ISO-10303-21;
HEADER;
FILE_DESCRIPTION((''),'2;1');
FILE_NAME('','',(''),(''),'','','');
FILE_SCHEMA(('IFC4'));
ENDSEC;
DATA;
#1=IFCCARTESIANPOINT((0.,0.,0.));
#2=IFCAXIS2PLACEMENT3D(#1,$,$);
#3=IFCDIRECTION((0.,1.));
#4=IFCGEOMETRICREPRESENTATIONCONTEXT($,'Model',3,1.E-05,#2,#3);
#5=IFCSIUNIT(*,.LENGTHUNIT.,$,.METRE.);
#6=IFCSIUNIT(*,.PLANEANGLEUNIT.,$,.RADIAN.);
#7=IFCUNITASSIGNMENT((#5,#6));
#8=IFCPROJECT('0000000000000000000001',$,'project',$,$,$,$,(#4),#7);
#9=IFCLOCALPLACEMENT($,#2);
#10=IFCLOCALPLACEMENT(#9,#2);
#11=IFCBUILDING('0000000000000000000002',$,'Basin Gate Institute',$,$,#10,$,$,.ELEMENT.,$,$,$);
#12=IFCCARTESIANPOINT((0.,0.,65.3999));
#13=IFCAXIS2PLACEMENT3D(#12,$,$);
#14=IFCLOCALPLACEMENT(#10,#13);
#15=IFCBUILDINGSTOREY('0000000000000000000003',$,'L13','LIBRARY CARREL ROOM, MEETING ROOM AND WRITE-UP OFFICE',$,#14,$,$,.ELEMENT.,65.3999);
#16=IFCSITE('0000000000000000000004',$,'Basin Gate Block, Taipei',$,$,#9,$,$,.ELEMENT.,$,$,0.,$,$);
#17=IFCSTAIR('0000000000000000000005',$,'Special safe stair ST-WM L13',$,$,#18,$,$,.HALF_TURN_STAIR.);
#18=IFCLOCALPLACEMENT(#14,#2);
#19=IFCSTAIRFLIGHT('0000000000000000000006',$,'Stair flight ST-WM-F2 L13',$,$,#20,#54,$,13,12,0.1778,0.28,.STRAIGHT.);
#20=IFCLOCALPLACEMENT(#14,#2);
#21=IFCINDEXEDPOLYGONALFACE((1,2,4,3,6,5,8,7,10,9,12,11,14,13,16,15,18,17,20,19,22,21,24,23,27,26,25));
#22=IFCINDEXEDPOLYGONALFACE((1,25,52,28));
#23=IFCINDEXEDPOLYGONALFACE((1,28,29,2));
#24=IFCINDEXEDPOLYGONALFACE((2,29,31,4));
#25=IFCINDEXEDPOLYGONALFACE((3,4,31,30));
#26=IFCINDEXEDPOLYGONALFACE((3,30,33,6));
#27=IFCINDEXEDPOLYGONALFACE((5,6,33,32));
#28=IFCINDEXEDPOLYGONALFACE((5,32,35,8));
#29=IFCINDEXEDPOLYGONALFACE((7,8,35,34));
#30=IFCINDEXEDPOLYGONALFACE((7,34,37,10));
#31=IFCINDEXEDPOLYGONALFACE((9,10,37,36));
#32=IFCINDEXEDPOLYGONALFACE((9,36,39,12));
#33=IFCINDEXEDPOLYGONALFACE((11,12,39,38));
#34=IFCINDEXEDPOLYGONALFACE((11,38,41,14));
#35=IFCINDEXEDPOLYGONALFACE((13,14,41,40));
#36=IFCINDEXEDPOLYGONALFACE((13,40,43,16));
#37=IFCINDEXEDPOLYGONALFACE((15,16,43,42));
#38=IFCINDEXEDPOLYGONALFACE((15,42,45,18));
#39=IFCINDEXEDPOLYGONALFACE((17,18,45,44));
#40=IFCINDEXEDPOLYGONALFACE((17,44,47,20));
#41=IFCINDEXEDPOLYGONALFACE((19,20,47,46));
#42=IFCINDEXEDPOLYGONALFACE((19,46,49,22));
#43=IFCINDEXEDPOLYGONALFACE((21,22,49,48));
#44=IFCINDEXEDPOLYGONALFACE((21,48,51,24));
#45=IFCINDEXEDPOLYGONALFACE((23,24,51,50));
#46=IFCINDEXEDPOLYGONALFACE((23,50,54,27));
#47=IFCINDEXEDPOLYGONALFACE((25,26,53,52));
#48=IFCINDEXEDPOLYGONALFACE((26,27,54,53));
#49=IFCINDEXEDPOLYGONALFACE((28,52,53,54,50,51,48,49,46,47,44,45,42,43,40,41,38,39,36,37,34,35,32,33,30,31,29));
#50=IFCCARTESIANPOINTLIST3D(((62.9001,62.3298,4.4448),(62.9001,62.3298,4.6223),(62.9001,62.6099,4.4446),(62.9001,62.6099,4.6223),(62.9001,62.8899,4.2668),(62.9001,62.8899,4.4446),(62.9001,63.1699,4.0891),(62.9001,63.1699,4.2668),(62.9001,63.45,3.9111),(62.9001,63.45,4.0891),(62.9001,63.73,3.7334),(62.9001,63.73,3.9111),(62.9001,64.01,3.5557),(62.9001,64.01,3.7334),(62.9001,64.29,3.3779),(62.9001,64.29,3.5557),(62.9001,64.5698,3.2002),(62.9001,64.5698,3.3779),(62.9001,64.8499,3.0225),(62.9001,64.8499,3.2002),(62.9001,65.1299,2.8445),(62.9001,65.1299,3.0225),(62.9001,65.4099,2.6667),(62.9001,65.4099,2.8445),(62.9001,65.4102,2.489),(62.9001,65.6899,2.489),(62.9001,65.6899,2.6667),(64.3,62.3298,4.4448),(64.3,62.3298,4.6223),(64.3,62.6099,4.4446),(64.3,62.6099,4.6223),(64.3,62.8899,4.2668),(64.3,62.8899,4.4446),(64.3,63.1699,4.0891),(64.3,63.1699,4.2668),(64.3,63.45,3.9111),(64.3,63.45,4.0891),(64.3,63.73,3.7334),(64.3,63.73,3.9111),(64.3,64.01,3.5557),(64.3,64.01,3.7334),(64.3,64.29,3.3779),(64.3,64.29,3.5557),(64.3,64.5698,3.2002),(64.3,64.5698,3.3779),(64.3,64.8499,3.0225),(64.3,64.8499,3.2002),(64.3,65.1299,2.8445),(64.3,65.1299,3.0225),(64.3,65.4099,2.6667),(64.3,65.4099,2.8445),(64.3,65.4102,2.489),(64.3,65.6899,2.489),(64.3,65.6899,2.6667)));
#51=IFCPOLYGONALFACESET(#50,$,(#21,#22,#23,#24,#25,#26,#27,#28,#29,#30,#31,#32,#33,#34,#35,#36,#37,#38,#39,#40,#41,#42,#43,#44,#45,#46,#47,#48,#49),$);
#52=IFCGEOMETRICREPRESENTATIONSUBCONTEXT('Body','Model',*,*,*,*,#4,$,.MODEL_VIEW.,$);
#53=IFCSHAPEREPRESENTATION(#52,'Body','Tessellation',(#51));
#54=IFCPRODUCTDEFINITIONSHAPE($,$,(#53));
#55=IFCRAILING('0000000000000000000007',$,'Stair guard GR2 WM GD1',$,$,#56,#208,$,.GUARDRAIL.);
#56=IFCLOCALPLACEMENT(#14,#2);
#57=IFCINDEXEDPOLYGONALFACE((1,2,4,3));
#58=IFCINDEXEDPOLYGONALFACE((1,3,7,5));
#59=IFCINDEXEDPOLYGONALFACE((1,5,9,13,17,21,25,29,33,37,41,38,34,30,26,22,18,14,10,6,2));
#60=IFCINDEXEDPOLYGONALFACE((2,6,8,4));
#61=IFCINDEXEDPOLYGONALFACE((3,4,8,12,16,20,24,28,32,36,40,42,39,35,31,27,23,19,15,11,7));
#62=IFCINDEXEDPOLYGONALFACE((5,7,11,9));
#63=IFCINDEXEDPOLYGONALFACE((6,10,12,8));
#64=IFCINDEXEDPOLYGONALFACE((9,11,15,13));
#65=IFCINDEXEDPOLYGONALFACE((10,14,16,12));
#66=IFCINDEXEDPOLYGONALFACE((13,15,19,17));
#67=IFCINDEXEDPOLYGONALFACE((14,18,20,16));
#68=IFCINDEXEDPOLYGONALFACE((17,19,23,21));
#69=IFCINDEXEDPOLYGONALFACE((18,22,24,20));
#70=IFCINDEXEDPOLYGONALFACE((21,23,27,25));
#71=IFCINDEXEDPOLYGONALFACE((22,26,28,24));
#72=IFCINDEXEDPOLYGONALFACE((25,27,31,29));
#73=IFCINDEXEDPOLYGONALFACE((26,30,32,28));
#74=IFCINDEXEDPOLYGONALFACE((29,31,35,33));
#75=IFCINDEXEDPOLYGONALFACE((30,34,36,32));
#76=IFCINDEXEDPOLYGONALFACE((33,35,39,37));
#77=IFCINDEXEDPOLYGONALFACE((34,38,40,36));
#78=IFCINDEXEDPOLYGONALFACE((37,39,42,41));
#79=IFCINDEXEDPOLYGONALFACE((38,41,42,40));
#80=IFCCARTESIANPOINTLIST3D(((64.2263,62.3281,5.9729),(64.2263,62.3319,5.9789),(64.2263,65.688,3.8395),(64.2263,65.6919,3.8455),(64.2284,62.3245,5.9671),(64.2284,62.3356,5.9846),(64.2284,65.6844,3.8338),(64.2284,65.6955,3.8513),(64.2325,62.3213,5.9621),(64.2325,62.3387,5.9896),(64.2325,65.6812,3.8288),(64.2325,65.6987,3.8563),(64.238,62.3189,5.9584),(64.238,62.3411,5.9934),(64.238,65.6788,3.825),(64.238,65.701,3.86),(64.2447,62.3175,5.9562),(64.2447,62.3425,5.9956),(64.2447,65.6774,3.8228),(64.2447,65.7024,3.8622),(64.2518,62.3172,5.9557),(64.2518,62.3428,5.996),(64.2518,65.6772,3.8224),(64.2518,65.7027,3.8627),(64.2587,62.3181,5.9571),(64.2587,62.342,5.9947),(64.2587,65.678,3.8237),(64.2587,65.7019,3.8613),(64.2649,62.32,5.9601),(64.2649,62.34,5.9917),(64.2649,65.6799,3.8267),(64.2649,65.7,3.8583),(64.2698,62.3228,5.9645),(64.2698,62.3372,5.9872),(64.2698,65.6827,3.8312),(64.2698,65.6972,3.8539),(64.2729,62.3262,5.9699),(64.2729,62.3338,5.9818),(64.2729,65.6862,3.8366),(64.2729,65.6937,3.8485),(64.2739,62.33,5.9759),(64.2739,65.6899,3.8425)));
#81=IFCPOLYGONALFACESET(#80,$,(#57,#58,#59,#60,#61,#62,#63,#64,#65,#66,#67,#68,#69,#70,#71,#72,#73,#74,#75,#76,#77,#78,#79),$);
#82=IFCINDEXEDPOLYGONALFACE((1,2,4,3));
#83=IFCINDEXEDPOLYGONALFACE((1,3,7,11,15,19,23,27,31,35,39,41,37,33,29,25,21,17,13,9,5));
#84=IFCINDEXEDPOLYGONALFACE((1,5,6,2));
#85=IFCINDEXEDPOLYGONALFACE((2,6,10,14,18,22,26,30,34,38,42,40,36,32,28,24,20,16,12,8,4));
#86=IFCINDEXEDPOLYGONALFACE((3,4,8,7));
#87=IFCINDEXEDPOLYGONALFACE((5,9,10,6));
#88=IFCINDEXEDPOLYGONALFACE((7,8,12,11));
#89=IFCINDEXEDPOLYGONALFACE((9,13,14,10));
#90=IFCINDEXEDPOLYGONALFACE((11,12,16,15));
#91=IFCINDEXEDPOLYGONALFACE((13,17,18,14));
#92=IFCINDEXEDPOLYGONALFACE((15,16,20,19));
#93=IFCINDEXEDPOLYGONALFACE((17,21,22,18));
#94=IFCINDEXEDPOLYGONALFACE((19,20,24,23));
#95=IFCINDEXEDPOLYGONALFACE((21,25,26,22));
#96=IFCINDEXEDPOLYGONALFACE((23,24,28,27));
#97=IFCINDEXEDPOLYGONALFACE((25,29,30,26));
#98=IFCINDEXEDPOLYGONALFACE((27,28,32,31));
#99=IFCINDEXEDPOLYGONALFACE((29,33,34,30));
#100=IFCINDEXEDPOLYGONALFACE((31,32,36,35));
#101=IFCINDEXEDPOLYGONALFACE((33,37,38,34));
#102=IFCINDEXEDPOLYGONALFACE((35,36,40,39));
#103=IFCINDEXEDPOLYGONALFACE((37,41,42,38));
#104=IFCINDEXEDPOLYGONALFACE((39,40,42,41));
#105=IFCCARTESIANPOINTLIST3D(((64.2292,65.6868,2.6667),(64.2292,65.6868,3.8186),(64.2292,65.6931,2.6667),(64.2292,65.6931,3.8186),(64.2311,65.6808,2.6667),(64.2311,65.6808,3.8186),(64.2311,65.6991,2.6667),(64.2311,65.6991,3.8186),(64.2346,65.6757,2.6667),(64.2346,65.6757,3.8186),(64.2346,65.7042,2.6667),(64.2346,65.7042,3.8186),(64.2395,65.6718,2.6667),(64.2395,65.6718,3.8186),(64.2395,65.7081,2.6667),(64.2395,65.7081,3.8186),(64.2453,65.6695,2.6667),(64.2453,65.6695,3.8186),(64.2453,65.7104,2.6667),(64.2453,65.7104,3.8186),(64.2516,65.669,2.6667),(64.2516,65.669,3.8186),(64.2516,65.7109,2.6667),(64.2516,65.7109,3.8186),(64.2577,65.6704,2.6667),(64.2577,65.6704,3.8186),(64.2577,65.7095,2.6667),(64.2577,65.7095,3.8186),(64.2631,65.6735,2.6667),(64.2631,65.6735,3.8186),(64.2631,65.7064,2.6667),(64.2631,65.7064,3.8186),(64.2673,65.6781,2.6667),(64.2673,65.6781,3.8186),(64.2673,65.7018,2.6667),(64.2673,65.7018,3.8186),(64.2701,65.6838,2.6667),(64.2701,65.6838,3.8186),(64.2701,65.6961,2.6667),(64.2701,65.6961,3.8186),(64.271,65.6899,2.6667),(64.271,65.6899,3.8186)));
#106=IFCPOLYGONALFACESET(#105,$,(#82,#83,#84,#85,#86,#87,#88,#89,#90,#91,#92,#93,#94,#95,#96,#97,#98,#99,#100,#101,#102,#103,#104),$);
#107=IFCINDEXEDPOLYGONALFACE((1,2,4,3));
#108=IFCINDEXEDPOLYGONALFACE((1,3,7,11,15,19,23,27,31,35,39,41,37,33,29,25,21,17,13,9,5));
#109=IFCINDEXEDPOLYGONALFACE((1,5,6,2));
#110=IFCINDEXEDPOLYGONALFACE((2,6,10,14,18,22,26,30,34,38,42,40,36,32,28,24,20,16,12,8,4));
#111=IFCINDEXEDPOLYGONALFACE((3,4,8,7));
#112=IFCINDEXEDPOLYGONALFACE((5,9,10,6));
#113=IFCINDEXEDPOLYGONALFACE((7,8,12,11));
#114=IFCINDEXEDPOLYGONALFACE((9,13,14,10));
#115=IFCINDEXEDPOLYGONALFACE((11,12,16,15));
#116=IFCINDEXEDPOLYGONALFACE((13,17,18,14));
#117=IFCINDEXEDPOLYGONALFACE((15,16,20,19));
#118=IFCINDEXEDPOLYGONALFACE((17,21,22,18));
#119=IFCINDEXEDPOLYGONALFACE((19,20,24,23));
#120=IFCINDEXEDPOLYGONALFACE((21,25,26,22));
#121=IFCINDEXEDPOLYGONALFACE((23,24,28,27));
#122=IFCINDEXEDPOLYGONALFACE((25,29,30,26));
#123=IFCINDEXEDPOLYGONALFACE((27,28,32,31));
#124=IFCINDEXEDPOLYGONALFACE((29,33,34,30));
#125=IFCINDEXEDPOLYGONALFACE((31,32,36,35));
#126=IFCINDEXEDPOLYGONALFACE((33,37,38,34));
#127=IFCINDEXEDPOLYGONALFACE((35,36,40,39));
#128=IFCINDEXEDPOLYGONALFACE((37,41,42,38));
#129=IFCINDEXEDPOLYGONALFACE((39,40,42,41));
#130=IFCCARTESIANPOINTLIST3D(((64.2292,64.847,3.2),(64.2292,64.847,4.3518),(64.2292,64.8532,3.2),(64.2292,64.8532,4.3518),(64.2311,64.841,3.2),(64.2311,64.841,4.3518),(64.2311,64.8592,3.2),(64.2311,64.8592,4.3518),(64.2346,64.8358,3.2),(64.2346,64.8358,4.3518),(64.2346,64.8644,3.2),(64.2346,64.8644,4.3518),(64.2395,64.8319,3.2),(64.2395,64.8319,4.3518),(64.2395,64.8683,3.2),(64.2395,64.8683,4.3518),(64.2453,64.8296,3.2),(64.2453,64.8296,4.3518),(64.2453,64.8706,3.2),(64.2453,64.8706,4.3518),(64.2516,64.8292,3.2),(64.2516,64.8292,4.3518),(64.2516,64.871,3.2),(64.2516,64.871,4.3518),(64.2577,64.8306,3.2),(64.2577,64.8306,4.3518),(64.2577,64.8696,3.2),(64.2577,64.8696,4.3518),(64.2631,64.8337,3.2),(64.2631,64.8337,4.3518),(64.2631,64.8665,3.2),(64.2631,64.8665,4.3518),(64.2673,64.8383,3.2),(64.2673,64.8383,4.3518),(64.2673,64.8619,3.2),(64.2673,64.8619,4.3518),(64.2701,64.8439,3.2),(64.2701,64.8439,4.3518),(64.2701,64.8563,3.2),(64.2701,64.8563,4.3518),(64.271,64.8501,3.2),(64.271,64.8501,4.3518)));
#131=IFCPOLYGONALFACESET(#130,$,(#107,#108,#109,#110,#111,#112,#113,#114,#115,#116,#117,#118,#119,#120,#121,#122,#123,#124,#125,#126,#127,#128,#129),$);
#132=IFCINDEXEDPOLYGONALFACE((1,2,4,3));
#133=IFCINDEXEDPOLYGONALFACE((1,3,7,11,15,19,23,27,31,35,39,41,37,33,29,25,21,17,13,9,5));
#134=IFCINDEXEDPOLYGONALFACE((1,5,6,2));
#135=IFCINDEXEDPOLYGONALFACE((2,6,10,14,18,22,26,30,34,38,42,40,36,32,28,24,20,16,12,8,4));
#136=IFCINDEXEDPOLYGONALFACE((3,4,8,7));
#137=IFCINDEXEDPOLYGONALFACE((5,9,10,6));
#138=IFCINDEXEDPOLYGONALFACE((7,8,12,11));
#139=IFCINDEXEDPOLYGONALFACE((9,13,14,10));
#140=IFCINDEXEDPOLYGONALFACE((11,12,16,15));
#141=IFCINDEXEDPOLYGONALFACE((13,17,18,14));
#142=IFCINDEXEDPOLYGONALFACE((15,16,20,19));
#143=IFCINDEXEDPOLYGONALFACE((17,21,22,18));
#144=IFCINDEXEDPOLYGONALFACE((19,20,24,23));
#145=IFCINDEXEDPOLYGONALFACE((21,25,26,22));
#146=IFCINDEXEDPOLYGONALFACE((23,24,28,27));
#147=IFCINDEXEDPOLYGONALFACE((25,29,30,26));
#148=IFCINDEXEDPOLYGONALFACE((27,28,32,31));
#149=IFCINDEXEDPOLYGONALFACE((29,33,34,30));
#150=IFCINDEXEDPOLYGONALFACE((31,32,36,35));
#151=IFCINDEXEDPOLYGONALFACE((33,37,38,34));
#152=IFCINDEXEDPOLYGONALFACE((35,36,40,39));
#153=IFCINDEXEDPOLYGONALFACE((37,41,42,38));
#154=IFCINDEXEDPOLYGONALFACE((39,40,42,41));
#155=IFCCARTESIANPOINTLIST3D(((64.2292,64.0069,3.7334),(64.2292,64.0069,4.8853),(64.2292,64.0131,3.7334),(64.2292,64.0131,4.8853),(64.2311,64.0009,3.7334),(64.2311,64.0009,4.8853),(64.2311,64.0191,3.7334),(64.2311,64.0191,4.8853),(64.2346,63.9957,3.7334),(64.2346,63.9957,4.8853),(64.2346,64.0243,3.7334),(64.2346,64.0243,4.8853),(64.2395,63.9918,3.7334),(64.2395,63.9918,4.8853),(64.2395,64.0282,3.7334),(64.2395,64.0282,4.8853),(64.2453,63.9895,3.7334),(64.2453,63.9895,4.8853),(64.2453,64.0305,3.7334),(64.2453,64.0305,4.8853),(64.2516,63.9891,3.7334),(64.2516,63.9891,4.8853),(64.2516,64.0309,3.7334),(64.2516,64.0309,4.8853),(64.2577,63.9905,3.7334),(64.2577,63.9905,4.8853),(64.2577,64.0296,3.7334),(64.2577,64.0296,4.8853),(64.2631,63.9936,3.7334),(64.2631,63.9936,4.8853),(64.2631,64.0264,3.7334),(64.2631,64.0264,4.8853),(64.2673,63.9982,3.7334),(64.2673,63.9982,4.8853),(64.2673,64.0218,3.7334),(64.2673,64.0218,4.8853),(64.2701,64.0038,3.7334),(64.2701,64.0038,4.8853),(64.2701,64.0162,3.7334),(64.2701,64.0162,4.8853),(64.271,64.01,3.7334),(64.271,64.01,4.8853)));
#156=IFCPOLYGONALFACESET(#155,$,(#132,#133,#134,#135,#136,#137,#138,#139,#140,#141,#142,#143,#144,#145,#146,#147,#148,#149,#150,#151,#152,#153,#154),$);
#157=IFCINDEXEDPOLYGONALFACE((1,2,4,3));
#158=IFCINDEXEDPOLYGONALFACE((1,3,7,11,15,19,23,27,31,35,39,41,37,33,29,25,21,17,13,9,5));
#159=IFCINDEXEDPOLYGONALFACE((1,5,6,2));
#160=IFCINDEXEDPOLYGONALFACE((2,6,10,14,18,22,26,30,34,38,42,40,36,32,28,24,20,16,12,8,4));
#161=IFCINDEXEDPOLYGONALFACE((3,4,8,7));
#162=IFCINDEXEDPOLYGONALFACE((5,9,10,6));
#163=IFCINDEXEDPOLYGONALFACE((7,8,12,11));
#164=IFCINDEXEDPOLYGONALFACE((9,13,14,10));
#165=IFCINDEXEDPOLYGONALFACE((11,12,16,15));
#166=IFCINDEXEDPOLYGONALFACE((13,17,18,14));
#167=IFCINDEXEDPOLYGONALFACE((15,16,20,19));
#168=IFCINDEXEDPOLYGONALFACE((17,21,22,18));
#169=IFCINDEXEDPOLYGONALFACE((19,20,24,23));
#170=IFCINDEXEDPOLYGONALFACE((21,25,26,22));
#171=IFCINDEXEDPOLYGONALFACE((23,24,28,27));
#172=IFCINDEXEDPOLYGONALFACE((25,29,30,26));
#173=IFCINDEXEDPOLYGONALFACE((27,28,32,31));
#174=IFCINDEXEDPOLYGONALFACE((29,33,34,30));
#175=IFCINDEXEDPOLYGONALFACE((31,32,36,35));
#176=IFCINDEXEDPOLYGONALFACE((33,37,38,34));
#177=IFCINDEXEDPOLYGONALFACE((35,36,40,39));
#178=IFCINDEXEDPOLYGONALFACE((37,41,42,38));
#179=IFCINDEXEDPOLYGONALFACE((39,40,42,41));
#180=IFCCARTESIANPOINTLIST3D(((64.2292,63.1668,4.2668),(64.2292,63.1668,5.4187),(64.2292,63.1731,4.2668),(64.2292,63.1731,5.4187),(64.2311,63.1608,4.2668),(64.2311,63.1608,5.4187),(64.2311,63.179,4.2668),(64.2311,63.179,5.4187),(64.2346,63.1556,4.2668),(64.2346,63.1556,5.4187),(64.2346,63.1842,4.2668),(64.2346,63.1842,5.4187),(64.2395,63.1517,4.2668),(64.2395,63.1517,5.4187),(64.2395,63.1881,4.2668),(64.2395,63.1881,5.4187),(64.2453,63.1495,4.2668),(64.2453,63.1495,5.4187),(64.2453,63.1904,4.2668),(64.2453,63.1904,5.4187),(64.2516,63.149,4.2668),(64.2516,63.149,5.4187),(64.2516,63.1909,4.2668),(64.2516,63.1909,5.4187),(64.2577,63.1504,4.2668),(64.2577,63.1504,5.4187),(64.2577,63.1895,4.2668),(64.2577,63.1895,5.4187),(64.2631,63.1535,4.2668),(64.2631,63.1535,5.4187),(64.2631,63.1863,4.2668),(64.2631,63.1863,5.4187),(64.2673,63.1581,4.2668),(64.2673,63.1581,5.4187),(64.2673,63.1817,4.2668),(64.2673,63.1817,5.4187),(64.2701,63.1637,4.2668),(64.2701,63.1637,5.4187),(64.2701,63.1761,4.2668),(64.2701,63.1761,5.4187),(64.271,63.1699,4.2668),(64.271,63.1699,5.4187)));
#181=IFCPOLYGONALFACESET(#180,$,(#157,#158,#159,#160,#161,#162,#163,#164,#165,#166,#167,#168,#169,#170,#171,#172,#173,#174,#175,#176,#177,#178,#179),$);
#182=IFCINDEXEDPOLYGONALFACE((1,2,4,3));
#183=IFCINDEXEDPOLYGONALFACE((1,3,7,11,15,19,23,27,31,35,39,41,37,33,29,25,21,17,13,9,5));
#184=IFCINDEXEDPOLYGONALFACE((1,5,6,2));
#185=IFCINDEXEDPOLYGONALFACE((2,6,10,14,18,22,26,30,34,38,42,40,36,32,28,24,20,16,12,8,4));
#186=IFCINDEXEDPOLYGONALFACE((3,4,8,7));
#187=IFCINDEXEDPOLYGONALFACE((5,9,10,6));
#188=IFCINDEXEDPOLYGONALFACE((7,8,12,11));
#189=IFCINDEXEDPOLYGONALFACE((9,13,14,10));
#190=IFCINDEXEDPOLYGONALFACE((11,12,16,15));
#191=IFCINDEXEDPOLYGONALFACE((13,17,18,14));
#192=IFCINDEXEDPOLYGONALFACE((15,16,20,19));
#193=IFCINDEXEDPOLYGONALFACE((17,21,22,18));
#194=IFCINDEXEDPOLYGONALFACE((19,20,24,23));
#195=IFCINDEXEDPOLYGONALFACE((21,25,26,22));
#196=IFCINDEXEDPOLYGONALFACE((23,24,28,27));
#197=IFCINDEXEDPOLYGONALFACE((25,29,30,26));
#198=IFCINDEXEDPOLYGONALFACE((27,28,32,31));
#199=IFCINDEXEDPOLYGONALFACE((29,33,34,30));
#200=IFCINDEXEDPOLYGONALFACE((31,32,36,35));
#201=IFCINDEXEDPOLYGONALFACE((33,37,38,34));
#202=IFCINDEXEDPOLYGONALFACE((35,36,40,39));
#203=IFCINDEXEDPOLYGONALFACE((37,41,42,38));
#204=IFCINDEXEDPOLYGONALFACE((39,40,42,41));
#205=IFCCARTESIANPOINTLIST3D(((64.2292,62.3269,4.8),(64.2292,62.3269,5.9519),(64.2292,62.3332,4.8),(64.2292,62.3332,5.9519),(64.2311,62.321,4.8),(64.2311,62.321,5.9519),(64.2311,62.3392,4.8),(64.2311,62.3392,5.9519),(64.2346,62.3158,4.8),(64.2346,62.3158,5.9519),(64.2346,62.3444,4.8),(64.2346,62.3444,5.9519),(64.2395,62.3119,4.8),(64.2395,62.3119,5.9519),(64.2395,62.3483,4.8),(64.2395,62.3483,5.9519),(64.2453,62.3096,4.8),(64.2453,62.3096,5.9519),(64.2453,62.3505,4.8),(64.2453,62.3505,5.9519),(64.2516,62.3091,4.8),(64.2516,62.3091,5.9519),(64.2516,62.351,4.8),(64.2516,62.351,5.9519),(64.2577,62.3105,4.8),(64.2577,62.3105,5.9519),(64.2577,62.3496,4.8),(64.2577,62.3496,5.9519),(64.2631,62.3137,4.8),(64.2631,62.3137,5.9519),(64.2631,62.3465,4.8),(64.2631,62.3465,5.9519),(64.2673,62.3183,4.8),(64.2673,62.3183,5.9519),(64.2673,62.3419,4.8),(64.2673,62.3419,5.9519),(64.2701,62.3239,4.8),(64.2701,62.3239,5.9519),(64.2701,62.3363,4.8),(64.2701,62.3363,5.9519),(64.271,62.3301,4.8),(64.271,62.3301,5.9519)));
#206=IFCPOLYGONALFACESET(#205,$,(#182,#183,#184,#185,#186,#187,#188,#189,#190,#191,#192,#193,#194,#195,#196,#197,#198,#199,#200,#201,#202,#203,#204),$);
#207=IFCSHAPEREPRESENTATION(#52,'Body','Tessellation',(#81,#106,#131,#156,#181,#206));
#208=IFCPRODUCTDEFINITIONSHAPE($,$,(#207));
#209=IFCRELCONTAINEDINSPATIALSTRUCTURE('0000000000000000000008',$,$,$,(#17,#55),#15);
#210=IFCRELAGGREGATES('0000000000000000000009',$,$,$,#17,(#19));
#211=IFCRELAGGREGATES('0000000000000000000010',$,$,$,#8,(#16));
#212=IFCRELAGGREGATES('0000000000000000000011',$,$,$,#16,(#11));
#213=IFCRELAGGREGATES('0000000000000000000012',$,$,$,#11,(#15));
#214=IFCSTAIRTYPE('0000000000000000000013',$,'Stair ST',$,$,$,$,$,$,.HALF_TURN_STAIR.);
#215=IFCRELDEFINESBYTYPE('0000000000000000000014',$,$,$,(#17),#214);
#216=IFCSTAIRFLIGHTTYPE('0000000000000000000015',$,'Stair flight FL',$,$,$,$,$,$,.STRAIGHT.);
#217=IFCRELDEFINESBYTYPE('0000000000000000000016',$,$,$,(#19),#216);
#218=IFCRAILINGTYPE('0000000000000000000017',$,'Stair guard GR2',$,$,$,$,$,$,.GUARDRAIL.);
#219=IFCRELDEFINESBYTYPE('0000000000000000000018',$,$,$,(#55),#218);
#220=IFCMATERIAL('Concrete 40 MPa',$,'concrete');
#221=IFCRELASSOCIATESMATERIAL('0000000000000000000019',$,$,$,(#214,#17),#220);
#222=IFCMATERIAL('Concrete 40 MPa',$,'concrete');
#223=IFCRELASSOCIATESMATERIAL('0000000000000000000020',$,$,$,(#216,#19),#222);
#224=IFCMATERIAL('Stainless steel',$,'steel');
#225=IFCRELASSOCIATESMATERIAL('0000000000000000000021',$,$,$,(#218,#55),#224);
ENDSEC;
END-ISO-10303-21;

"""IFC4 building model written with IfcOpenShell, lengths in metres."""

from ifc_helpers import new_model, si_unit, direction, frame, origin, origin_2d, place, context, subcontext, project, spatial, polyline, circle, outline, extrude, material, type_object, element, aggregate, save


model = new_model("IFC4")

# Units and contexts
model_context = context("Model", 3, precision=1e-05, world=origin(), true_north=direction((0.0, 1.0)))
body_context = subcontext(model_context, "Body", "Model", "MODEL_VIEW")
ifc_project = project(units=[si_unit("LENGTHUNIT", "METRE"), si_unit("PLANEANGLEUNIT", "RADIAN")], contexts=[model_context])

# Site, building, storey
site_placement = place(None, origin())
site = spatial("IfcSite", under=ifc_project, at=site_placement, Name="Basin Gate Block, Taipei", CompositionType="ELEMENT", RefElevation=0.0)
building_placement = place(site_placement, origin())
building = spatial("IfcBuilding", under=site, at=building_placement, Name="Basin Gate Institute", CompositionType="ELEMENT")
storey_placement = place(building_placement, frame((0.0, 0.0, 65.3999)))
storey = spatial("IfcBuildingStorey", under=building, at=storey_placement, Name="L13", Description="LIBRARY CARREL ROOM, MEETING ROOM AND WRITE-UP OFFICE", CompositionType="ELEMENT", Elevation=65.3999)

# Stair, stair flight
ifc_material_1 = material(Name="Concrete 40 MPa", Category="concrete")
stair_type = type_object("IfcStairType", Name="Stair ST", PredefinedType="HALF_TURN_STAIR", material=ifc_material_1)
stair_placement = place(storey_placement, origin())
stair = element("IfcStair", 1, at=stair_placement, inside=storey, type_object=stair_type, material=ifc_material_1, Name="Special safe stair ST-WM L13", PredefinedType="HALF_TURN_STAIR")
ifc_material_2 = material(Name="Concrete 40 MPa", Category="concrete")
stair_flight_type = type_object("IfcStairFlightType", Name="Stair flight FL", PredefinedType="STRAIGHT", material=ifc_material_2)
stair_flight_placement = place(storey_placement, frame((63.6001, 65.6899, 2.489), z_axis=(0.0, 0.0, 1.0), x_axis=(0.0, -1.0, 0.0)))
stair_flight = element("IfcStairFlight", 2, at=stair_flight_placement, type_object=stair_flight_type, material=ifc_material_2, Name="Stair flight ST-WM-F2 L13", NumberOfRisers=13, NumberOfTreads=12, PredefinedType="STRAIGHT", RiserHeight=0.1778, TreadLength=0.28, context=body_context, shape_type="SweptSolid", body=[
    extrude(outline(polyline([(0.0, 0.0), (0.0, 0.1777), (0.28, 0.1777), (0.28, 0.3555), (0.5601, 0.3555), (0.5601, 0.5334), (0.8401, 0.5334), (0.8401, 0.7112), (1.1201, 0.7112), (1.1201, 0.8889), (1.3999, 0.8889), (1.3999, 1.0667), (1.6799, 1.0667), (1.6799, 1.2444), (1.96, 1.2444), (1.96, 1.4221), (2.24, 1.4221), (2.24, 1.6001), (2.52, 1.6001), (2.52, 1.7778), (2.8, 1.7778), (2.8, 1.9556), (3.0801, 1.9556), (3.0801, 2.1333), (3.3601, 2.1333), (3.3601, 2.311), (3.3601, 1.9558), (0.2798, 0.0), (0.0, 0.0)])), frame((0.0, 0.7, 0.0), z_axis=(0.0, -1.0, 0.0), x_axis=(1.0, 0.0, 0.0)), (0.0, 0.0, 1.0), 1.3999),
])
aggregate(stair, [stair_flight])

# Railing
ifc_material_3 = material(Name="Stainless steel", Category="steel")
railing_type = type_object("IfcRailingType", Name="Stair guard GR2", PredefinedType="GUARDRAIL", material=ifc_material_3)
railing_1_placement = place(storey_placement, frame((64.25, 65.6899, 2.6667)))
element("IfcRailing", 3, at=railing_1_placement, inside=storey, type_object=railing_type, material=ifc_material_3, Name="Stair guard GR2 WM GD1", PredefinedType="GUARDRAIL", context=body_context, shape_type="SweptSolid", body=[
    extrude(circle(Radius=0.0239, at=origin_2d()), frame((0.0, 0.0, 1.1758), z_axis=(0.0, -0.844207, 0.536018), x_axis=(1.0, 0.0, 0.0)), (0.0, 0.0, 1.0), 3.98),
    extrude(circle(Radius=0.021, at=origin_2d()), origin(), (0.0, 0.0, 1.0), 1.1519),
    extrude(circle(Radius=0.021, at=origin_2d()), frame((0.0, -0.8398, 0.5332)), (0.0, 0.0, 1.0), 1.1519),
    extrude(circle(Radius=0.021, at=origin_2d()), frame((0.0, -1.6799, 1.0667)), (0.0, 0.0, 1.0), 1.1519),
    extrude(circle(Radius=0.021, at=origin_2d()), frame((0.0, -2.52, 1.6001)), (0.0, 0.0, 1.0), 1.1519),
    extrude(circle(Radius=0.021, at=origin_2d()), frame((0.0, -3.3599, 2.1333)), (0.0, 0.0, 1.0), 1.1519),
])

save(model, "model.ifc")
